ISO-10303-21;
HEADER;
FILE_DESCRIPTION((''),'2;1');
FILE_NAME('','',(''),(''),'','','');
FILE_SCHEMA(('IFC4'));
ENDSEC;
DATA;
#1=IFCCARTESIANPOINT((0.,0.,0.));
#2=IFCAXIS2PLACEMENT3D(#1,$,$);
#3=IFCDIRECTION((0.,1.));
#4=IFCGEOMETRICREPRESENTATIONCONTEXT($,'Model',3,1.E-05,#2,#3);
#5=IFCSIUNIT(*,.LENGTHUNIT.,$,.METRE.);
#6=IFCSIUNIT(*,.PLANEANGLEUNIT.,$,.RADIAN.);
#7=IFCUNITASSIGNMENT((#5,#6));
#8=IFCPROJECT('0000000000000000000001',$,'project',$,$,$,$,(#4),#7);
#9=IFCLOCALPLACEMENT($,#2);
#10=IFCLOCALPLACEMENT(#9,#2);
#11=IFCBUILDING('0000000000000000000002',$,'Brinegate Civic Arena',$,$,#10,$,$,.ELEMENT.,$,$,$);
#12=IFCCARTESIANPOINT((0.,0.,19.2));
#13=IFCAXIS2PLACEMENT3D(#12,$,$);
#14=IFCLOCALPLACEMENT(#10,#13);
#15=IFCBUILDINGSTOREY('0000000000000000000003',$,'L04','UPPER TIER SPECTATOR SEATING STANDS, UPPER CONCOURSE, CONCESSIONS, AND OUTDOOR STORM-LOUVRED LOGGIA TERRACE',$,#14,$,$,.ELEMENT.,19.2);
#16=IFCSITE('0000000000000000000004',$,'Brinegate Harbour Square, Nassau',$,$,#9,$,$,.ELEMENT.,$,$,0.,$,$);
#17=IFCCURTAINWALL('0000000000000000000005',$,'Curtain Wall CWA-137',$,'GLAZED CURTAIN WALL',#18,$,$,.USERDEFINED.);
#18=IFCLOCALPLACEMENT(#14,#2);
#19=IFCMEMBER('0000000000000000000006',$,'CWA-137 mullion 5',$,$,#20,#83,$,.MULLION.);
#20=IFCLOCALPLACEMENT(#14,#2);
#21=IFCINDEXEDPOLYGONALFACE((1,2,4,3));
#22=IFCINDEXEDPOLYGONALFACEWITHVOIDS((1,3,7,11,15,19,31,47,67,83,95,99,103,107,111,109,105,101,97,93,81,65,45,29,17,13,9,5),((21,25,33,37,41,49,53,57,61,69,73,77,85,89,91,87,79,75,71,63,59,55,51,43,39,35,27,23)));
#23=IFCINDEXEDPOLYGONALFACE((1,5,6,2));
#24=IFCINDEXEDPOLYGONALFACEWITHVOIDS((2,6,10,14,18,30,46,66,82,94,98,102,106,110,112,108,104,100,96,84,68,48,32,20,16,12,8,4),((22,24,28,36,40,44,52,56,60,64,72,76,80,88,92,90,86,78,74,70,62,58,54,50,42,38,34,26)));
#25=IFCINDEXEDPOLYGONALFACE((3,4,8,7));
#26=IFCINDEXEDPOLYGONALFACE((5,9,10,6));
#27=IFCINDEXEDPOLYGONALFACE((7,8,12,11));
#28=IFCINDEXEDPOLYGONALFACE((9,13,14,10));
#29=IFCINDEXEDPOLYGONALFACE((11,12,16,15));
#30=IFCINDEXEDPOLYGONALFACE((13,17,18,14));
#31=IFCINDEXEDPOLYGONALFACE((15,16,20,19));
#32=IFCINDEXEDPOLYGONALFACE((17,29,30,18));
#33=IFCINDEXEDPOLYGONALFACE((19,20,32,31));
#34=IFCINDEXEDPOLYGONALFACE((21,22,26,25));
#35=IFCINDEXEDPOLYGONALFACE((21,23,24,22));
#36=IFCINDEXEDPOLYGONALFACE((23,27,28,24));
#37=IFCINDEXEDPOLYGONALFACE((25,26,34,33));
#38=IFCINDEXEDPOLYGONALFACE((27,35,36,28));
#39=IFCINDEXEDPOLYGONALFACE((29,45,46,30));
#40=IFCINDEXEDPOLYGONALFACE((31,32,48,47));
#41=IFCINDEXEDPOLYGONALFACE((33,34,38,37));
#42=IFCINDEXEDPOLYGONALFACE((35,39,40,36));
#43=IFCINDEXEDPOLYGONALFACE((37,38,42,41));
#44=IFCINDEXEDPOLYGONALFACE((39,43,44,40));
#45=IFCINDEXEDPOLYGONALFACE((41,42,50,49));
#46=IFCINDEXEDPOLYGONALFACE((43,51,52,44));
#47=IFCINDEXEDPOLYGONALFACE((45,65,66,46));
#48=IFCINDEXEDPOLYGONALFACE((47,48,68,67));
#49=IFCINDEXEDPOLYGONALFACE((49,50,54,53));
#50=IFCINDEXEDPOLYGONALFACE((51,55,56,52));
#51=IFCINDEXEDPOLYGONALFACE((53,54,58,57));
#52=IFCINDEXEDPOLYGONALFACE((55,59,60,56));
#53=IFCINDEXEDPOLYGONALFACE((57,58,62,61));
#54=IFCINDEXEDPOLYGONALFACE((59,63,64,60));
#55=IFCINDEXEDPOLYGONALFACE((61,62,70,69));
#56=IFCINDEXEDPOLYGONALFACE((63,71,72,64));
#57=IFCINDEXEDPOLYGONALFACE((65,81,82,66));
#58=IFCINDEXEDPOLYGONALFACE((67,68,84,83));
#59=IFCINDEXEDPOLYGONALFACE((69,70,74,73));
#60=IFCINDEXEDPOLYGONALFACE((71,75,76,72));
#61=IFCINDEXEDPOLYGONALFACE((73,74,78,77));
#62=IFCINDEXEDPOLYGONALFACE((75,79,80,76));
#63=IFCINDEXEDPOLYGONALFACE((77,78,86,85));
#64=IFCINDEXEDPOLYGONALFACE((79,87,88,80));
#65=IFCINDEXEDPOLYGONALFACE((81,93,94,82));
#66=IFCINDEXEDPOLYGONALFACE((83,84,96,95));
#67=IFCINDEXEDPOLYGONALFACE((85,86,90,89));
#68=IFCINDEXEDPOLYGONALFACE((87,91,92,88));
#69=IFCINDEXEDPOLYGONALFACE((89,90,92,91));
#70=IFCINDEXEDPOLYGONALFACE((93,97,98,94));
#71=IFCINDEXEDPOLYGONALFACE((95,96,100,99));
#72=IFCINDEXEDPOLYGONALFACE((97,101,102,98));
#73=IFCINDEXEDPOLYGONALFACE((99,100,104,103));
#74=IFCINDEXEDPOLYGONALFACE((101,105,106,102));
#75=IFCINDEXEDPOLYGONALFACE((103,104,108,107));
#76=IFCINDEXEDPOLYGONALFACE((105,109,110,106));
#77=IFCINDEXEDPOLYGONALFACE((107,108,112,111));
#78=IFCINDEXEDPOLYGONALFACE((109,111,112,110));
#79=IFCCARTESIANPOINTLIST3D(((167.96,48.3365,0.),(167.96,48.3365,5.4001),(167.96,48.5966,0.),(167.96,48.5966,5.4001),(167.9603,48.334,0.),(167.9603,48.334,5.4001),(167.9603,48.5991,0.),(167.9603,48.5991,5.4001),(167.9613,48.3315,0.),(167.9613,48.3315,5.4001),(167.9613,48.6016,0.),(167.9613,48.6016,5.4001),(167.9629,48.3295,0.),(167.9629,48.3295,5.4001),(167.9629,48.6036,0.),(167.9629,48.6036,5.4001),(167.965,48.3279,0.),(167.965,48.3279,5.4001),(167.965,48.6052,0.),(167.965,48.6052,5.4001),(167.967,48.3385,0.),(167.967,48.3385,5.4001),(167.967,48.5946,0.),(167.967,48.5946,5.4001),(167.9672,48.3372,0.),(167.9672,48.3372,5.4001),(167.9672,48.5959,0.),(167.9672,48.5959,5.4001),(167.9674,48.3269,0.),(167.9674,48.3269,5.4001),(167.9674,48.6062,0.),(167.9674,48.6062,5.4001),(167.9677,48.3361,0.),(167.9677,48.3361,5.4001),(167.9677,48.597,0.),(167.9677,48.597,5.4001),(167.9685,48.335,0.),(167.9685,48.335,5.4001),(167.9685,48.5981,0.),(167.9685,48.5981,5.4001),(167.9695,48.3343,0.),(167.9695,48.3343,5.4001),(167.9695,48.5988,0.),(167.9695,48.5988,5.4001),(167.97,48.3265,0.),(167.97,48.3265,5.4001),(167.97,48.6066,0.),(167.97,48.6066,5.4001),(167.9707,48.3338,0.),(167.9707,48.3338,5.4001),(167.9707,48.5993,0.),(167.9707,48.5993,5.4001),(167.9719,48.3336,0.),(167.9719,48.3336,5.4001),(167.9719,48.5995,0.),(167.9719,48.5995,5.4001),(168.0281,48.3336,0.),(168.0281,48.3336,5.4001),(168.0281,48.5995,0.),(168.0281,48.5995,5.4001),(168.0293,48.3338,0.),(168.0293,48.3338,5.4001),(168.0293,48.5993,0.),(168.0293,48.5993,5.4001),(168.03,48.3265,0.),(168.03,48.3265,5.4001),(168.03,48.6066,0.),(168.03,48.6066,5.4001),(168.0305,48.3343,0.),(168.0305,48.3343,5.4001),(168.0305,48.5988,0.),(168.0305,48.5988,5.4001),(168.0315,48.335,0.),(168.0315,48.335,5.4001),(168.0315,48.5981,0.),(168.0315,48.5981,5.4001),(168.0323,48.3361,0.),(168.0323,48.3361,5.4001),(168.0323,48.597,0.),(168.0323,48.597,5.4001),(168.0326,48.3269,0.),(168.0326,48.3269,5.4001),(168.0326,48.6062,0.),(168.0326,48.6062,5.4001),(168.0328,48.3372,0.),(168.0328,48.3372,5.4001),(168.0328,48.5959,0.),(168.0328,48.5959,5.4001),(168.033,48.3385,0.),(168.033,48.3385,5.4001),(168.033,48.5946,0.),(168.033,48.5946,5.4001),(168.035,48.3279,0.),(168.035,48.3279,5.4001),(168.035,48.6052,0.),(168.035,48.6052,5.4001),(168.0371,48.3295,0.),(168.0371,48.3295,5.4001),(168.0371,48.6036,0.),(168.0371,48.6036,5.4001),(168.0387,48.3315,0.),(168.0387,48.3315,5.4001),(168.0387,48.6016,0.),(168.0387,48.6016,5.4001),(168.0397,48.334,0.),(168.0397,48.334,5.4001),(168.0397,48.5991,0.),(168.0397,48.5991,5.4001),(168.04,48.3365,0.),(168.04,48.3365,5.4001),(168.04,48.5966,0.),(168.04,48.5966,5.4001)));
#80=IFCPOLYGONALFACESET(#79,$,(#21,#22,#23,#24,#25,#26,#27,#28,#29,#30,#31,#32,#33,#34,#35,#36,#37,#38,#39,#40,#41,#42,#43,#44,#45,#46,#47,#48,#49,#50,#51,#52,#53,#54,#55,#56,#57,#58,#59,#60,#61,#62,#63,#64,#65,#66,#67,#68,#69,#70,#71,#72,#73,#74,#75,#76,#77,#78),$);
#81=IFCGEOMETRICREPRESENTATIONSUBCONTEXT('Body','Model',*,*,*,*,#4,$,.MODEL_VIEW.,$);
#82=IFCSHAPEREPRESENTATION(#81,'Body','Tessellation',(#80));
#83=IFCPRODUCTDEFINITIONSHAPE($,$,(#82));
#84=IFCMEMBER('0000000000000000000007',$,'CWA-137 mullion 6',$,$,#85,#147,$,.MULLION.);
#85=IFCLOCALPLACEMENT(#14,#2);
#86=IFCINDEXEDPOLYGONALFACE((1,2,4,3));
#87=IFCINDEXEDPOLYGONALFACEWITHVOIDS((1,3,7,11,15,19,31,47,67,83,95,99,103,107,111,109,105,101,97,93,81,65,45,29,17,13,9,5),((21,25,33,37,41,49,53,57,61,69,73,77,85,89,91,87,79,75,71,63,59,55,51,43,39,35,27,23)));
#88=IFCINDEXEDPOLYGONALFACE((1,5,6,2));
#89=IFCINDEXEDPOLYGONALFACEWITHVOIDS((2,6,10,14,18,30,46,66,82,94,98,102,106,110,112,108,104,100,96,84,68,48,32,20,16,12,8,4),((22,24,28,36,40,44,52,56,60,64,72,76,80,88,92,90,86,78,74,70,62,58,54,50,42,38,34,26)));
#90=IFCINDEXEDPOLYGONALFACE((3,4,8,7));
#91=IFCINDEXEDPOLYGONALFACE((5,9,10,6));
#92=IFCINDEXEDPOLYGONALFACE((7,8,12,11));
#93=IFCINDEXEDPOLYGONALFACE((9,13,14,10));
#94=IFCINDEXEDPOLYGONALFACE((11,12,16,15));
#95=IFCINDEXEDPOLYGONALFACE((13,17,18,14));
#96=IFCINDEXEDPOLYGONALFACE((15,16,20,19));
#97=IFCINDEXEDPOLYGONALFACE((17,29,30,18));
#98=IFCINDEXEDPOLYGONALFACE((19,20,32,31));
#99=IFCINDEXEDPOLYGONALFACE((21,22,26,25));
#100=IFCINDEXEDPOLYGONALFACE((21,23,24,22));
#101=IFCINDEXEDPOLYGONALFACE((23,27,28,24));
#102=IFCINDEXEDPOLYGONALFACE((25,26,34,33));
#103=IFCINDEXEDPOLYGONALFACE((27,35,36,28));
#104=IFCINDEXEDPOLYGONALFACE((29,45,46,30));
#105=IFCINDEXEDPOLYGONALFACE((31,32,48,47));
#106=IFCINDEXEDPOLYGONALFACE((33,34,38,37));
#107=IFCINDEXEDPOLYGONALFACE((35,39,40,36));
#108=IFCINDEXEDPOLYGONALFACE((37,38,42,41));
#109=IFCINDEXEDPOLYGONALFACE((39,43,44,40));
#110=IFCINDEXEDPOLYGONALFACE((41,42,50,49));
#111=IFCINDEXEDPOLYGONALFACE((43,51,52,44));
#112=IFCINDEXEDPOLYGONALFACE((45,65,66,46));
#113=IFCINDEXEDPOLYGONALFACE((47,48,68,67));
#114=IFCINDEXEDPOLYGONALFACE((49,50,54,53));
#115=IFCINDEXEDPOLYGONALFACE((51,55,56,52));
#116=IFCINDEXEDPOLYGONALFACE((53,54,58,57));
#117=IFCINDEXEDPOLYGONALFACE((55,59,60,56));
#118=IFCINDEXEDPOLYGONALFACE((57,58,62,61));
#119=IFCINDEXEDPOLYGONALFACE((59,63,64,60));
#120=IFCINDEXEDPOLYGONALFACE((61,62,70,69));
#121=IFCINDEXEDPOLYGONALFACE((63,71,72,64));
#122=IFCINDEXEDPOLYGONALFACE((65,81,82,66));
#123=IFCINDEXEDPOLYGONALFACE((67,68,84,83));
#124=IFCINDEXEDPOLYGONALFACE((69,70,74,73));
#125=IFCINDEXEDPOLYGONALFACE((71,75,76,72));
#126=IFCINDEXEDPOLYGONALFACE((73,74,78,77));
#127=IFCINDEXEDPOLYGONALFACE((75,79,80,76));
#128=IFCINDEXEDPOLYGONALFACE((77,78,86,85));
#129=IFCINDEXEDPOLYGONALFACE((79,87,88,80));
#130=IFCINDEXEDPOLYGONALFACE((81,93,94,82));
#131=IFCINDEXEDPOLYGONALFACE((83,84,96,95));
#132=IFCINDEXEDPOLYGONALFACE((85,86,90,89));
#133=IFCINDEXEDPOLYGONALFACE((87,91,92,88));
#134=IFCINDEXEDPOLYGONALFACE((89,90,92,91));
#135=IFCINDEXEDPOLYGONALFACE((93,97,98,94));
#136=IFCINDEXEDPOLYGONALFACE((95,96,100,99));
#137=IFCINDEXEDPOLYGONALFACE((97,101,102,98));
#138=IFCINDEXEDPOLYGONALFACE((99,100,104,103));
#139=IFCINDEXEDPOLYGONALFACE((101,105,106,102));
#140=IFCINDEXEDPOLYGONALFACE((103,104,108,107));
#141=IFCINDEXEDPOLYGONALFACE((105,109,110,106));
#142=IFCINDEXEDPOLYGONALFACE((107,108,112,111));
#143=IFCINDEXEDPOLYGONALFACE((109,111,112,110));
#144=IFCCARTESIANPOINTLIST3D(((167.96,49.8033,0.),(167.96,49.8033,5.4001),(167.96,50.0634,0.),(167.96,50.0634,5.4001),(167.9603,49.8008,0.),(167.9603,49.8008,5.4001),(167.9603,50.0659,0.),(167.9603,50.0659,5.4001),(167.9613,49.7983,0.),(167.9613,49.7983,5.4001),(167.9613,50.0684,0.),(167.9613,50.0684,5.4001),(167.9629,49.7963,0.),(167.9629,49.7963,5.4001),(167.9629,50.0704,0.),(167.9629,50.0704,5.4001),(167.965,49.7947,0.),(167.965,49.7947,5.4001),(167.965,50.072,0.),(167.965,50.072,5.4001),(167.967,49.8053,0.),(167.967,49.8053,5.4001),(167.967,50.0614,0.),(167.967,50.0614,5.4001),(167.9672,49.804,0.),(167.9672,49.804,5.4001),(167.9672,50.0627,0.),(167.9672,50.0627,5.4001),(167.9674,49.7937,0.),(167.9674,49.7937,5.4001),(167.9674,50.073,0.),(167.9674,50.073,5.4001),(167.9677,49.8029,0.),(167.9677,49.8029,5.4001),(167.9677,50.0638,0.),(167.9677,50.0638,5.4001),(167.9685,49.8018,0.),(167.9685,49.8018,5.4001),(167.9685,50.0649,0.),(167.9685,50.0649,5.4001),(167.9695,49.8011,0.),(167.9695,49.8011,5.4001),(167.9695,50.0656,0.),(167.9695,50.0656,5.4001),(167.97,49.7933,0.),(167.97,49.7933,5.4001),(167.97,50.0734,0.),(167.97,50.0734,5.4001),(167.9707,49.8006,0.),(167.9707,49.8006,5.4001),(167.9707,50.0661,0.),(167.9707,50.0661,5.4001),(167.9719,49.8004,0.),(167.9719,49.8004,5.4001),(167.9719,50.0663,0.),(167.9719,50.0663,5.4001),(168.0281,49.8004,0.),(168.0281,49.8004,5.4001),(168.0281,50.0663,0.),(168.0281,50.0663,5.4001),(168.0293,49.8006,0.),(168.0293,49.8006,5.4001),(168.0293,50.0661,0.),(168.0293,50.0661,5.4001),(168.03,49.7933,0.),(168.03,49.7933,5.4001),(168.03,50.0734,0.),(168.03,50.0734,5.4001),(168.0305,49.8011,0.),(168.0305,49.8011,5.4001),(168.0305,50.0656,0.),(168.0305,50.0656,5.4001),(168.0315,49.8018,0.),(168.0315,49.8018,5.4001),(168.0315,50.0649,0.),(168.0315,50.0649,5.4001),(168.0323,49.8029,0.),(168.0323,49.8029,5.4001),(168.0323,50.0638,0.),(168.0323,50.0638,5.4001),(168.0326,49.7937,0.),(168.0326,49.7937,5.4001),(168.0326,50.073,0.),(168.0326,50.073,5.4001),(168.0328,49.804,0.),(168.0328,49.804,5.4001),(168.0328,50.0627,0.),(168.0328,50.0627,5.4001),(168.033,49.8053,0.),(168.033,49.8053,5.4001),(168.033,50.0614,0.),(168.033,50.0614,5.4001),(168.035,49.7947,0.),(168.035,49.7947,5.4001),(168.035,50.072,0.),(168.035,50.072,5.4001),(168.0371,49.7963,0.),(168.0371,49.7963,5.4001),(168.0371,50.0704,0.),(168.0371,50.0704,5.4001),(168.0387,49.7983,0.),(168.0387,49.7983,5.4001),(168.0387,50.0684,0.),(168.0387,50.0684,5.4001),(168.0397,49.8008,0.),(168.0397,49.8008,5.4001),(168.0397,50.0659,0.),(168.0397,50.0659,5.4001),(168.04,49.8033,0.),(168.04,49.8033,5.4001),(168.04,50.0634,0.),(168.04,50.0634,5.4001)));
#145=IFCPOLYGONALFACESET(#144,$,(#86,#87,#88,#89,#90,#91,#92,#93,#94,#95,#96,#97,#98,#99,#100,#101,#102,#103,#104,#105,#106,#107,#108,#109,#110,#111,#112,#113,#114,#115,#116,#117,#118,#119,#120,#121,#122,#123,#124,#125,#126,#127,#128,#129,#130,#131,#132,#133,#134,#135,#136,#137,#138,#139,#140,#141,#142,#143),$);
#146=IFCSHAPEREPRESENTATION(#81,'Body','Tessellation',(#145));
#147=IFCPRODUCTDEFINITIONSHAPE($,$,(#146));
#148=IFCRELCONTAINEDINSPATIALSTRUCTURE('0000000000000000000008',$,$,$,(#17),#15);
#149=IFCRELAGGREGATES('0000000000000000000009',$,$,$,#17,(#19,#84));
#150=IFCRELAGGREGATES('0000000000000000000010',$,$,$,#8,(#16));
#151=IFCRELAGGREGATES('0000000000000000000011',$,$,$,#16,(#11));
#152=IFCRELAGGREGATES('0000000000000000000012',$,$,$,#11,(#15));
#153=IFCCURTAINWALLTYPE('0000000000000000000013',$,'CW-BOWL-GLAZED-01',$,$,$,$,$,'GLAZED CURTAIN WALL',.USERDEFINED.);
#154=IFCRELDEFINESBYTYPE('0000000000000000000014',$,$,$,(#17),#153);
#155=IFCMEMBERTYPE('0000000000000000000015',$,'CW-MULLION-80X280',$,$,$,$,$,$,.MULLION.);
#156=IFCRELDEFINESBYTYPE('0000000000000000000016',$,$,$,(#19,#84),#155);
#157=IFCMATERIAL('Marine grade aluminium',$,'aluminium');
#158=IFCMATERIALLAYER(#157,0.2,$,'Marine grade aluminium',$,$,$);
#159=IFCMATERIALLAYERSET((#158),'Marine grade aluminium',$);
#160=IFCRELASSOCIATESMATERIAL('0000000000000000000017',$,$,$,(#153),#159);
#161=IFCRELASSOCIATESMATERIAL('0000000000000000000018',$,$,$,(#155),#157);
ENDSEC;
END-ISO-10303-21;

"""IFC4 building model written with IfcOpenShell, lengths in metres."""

from ifc_helpers import new_model, si_unit, direction, frame, origin, origin_2d, place, context, subcontext, project, spatial, hollow_rectangle, extrude, material, layer, layer_set, material_profile, profile_set, type_object, element, aggregate, save


model = new_model("IFC4")

# Units and contexts
model_context = context("Model", 3, precision=1e-05, world=origin(), true_north=direction((0.0, 1.0)))
body_context = subcontext(model_context, "Body", "Model", "MODEL_VIEW")
ifc_project = project(units=[si_unit("LENGTHUNIT", "METRE"), si_unit("PLANEANGLEUNIT", "RADIAN")], contexts=[model_context])

# Site, building, storey
site_placement = place(None, origin())
site = spatial("IfcSite", under=ifc_project, at=site_placement, Name="Brinegate Harbour Square, Nassau", CompositionType="ELEMENT", RefElevation=0.0)
building_placement = place(site_placement, origin())
building = spatial("IfcBuilding", under=site, at=building_placement, Name="Brinegate Civic Arena", CompositionType="ELEMENT")
storey_placement = place(building_placement, frame((0.0, 0.0, 19.2)))
storey = spatial("IfcBuildingStorey", under=building, at=storey_placement, Name="L04", Description="UPPER TIER SPECTATOR SEATING STANDS, UPPER CONCOURSE, CONCESSIONS, AND OUTDOOR STORM-LOUVRED LOGGIA TERRACE", CompositionType="ELEMENT", Elevation=19.2)

# Curtain wall, members
ifc_material_1 = material(Name="Marine grade aluminium", Category="aluminium")
ifc_layer_1 = layer(ifc_material_1, 0.2, Name="Marine grade aluminium")
ifc_layer_set_1 = layer_set([ifc_layer_1], Name="Marine grade aluminium")
curtain_wall_type = type_object("IfcCurtainWallType", Name="CW-BOWL-GLAZED-01", ElementType="GLAZED CURTAIN WALL", PredefinedType="USERDEFINED", material=ifc_layer_set_1)
curtain_wall_1_placement = place(storey_placement, origin())
curtain_wall_1 = element("IfcCurtainWall", 1, at=curtain_wall_1_placement, inside=storey, type_object=curtain_wall_type, Name="Curtain Wall CWA-137", ObjectType="GLAZED CURTAIN WALL", PredefinedType="USERDEFINED")
ifc_material_profile_1 = material_profile(ifc_material_1, hollow_rectangle(XDim=0.0801, YDim=0.28, WallThickness=0.0071, InnerFilletRadius=0.0049, OuterFilletRadius=0.01, at=origin_2d()), Name="MUL80X280")
ifc_profile_set_1 = profile_set([ifc_material_profile_1], Name="Marine grade aluminium")
member_type_1 = type_object("IfcMemberType", Name="CW-MULLION-80X280", PredefinedType="MULLION", material=ifc_profile_set_1)
member_1_placement = place(storey_placement, frame((168.0, 48.4666, 0.0), z_axis=(0.0, 0.0, 1.0), x_axis=(-1.0, 0.0, 0.0)))
member_1 = element("IfcMember", 2, at=member_1_placement, type_object=member_type_1, Name="CWA-137 mullion 5", PredefinedType="MULLION", context=body_context, shape_type="SweptSolid", body=[
    extrude(hollow_rectangle(XDim=0.0801, YDim=0.28, WallThickness=0.0071, InnerFilletRadius=0.0049, OuterFilletRadius=0.01, at=origin_2d()), origin(), (0.0, 0.0, 1.0), 5.4001),
])
member_2_placement = place(storey_placement, frame((168.0, 49.9333, 0.0), z_axis=(0.0, 0.0, 1.0), x_axis=(-1.0, 0.0, 0.0)))
member_2 = element("IfcMember", 3, at=member_2_placement, type_object=member_type_1, Name="CWA-137 mullion 6", PredefinedType="MULLION", context=body_context, shape_type="SweptSolid", body=[
    extrude(hollow_rectangle(XDim=0.0801, YDim=0.28, WallThickness=0.0071, InnerFilletRadius=0.0049, OuterFilletRadius=0.01, at=origin_2d()), origin(), (0.0, 0.0, 1.0), 5.4001),
])

aggregate(curtain_wall_1, [member_1, member_2])

save(model, "model.ifc")
